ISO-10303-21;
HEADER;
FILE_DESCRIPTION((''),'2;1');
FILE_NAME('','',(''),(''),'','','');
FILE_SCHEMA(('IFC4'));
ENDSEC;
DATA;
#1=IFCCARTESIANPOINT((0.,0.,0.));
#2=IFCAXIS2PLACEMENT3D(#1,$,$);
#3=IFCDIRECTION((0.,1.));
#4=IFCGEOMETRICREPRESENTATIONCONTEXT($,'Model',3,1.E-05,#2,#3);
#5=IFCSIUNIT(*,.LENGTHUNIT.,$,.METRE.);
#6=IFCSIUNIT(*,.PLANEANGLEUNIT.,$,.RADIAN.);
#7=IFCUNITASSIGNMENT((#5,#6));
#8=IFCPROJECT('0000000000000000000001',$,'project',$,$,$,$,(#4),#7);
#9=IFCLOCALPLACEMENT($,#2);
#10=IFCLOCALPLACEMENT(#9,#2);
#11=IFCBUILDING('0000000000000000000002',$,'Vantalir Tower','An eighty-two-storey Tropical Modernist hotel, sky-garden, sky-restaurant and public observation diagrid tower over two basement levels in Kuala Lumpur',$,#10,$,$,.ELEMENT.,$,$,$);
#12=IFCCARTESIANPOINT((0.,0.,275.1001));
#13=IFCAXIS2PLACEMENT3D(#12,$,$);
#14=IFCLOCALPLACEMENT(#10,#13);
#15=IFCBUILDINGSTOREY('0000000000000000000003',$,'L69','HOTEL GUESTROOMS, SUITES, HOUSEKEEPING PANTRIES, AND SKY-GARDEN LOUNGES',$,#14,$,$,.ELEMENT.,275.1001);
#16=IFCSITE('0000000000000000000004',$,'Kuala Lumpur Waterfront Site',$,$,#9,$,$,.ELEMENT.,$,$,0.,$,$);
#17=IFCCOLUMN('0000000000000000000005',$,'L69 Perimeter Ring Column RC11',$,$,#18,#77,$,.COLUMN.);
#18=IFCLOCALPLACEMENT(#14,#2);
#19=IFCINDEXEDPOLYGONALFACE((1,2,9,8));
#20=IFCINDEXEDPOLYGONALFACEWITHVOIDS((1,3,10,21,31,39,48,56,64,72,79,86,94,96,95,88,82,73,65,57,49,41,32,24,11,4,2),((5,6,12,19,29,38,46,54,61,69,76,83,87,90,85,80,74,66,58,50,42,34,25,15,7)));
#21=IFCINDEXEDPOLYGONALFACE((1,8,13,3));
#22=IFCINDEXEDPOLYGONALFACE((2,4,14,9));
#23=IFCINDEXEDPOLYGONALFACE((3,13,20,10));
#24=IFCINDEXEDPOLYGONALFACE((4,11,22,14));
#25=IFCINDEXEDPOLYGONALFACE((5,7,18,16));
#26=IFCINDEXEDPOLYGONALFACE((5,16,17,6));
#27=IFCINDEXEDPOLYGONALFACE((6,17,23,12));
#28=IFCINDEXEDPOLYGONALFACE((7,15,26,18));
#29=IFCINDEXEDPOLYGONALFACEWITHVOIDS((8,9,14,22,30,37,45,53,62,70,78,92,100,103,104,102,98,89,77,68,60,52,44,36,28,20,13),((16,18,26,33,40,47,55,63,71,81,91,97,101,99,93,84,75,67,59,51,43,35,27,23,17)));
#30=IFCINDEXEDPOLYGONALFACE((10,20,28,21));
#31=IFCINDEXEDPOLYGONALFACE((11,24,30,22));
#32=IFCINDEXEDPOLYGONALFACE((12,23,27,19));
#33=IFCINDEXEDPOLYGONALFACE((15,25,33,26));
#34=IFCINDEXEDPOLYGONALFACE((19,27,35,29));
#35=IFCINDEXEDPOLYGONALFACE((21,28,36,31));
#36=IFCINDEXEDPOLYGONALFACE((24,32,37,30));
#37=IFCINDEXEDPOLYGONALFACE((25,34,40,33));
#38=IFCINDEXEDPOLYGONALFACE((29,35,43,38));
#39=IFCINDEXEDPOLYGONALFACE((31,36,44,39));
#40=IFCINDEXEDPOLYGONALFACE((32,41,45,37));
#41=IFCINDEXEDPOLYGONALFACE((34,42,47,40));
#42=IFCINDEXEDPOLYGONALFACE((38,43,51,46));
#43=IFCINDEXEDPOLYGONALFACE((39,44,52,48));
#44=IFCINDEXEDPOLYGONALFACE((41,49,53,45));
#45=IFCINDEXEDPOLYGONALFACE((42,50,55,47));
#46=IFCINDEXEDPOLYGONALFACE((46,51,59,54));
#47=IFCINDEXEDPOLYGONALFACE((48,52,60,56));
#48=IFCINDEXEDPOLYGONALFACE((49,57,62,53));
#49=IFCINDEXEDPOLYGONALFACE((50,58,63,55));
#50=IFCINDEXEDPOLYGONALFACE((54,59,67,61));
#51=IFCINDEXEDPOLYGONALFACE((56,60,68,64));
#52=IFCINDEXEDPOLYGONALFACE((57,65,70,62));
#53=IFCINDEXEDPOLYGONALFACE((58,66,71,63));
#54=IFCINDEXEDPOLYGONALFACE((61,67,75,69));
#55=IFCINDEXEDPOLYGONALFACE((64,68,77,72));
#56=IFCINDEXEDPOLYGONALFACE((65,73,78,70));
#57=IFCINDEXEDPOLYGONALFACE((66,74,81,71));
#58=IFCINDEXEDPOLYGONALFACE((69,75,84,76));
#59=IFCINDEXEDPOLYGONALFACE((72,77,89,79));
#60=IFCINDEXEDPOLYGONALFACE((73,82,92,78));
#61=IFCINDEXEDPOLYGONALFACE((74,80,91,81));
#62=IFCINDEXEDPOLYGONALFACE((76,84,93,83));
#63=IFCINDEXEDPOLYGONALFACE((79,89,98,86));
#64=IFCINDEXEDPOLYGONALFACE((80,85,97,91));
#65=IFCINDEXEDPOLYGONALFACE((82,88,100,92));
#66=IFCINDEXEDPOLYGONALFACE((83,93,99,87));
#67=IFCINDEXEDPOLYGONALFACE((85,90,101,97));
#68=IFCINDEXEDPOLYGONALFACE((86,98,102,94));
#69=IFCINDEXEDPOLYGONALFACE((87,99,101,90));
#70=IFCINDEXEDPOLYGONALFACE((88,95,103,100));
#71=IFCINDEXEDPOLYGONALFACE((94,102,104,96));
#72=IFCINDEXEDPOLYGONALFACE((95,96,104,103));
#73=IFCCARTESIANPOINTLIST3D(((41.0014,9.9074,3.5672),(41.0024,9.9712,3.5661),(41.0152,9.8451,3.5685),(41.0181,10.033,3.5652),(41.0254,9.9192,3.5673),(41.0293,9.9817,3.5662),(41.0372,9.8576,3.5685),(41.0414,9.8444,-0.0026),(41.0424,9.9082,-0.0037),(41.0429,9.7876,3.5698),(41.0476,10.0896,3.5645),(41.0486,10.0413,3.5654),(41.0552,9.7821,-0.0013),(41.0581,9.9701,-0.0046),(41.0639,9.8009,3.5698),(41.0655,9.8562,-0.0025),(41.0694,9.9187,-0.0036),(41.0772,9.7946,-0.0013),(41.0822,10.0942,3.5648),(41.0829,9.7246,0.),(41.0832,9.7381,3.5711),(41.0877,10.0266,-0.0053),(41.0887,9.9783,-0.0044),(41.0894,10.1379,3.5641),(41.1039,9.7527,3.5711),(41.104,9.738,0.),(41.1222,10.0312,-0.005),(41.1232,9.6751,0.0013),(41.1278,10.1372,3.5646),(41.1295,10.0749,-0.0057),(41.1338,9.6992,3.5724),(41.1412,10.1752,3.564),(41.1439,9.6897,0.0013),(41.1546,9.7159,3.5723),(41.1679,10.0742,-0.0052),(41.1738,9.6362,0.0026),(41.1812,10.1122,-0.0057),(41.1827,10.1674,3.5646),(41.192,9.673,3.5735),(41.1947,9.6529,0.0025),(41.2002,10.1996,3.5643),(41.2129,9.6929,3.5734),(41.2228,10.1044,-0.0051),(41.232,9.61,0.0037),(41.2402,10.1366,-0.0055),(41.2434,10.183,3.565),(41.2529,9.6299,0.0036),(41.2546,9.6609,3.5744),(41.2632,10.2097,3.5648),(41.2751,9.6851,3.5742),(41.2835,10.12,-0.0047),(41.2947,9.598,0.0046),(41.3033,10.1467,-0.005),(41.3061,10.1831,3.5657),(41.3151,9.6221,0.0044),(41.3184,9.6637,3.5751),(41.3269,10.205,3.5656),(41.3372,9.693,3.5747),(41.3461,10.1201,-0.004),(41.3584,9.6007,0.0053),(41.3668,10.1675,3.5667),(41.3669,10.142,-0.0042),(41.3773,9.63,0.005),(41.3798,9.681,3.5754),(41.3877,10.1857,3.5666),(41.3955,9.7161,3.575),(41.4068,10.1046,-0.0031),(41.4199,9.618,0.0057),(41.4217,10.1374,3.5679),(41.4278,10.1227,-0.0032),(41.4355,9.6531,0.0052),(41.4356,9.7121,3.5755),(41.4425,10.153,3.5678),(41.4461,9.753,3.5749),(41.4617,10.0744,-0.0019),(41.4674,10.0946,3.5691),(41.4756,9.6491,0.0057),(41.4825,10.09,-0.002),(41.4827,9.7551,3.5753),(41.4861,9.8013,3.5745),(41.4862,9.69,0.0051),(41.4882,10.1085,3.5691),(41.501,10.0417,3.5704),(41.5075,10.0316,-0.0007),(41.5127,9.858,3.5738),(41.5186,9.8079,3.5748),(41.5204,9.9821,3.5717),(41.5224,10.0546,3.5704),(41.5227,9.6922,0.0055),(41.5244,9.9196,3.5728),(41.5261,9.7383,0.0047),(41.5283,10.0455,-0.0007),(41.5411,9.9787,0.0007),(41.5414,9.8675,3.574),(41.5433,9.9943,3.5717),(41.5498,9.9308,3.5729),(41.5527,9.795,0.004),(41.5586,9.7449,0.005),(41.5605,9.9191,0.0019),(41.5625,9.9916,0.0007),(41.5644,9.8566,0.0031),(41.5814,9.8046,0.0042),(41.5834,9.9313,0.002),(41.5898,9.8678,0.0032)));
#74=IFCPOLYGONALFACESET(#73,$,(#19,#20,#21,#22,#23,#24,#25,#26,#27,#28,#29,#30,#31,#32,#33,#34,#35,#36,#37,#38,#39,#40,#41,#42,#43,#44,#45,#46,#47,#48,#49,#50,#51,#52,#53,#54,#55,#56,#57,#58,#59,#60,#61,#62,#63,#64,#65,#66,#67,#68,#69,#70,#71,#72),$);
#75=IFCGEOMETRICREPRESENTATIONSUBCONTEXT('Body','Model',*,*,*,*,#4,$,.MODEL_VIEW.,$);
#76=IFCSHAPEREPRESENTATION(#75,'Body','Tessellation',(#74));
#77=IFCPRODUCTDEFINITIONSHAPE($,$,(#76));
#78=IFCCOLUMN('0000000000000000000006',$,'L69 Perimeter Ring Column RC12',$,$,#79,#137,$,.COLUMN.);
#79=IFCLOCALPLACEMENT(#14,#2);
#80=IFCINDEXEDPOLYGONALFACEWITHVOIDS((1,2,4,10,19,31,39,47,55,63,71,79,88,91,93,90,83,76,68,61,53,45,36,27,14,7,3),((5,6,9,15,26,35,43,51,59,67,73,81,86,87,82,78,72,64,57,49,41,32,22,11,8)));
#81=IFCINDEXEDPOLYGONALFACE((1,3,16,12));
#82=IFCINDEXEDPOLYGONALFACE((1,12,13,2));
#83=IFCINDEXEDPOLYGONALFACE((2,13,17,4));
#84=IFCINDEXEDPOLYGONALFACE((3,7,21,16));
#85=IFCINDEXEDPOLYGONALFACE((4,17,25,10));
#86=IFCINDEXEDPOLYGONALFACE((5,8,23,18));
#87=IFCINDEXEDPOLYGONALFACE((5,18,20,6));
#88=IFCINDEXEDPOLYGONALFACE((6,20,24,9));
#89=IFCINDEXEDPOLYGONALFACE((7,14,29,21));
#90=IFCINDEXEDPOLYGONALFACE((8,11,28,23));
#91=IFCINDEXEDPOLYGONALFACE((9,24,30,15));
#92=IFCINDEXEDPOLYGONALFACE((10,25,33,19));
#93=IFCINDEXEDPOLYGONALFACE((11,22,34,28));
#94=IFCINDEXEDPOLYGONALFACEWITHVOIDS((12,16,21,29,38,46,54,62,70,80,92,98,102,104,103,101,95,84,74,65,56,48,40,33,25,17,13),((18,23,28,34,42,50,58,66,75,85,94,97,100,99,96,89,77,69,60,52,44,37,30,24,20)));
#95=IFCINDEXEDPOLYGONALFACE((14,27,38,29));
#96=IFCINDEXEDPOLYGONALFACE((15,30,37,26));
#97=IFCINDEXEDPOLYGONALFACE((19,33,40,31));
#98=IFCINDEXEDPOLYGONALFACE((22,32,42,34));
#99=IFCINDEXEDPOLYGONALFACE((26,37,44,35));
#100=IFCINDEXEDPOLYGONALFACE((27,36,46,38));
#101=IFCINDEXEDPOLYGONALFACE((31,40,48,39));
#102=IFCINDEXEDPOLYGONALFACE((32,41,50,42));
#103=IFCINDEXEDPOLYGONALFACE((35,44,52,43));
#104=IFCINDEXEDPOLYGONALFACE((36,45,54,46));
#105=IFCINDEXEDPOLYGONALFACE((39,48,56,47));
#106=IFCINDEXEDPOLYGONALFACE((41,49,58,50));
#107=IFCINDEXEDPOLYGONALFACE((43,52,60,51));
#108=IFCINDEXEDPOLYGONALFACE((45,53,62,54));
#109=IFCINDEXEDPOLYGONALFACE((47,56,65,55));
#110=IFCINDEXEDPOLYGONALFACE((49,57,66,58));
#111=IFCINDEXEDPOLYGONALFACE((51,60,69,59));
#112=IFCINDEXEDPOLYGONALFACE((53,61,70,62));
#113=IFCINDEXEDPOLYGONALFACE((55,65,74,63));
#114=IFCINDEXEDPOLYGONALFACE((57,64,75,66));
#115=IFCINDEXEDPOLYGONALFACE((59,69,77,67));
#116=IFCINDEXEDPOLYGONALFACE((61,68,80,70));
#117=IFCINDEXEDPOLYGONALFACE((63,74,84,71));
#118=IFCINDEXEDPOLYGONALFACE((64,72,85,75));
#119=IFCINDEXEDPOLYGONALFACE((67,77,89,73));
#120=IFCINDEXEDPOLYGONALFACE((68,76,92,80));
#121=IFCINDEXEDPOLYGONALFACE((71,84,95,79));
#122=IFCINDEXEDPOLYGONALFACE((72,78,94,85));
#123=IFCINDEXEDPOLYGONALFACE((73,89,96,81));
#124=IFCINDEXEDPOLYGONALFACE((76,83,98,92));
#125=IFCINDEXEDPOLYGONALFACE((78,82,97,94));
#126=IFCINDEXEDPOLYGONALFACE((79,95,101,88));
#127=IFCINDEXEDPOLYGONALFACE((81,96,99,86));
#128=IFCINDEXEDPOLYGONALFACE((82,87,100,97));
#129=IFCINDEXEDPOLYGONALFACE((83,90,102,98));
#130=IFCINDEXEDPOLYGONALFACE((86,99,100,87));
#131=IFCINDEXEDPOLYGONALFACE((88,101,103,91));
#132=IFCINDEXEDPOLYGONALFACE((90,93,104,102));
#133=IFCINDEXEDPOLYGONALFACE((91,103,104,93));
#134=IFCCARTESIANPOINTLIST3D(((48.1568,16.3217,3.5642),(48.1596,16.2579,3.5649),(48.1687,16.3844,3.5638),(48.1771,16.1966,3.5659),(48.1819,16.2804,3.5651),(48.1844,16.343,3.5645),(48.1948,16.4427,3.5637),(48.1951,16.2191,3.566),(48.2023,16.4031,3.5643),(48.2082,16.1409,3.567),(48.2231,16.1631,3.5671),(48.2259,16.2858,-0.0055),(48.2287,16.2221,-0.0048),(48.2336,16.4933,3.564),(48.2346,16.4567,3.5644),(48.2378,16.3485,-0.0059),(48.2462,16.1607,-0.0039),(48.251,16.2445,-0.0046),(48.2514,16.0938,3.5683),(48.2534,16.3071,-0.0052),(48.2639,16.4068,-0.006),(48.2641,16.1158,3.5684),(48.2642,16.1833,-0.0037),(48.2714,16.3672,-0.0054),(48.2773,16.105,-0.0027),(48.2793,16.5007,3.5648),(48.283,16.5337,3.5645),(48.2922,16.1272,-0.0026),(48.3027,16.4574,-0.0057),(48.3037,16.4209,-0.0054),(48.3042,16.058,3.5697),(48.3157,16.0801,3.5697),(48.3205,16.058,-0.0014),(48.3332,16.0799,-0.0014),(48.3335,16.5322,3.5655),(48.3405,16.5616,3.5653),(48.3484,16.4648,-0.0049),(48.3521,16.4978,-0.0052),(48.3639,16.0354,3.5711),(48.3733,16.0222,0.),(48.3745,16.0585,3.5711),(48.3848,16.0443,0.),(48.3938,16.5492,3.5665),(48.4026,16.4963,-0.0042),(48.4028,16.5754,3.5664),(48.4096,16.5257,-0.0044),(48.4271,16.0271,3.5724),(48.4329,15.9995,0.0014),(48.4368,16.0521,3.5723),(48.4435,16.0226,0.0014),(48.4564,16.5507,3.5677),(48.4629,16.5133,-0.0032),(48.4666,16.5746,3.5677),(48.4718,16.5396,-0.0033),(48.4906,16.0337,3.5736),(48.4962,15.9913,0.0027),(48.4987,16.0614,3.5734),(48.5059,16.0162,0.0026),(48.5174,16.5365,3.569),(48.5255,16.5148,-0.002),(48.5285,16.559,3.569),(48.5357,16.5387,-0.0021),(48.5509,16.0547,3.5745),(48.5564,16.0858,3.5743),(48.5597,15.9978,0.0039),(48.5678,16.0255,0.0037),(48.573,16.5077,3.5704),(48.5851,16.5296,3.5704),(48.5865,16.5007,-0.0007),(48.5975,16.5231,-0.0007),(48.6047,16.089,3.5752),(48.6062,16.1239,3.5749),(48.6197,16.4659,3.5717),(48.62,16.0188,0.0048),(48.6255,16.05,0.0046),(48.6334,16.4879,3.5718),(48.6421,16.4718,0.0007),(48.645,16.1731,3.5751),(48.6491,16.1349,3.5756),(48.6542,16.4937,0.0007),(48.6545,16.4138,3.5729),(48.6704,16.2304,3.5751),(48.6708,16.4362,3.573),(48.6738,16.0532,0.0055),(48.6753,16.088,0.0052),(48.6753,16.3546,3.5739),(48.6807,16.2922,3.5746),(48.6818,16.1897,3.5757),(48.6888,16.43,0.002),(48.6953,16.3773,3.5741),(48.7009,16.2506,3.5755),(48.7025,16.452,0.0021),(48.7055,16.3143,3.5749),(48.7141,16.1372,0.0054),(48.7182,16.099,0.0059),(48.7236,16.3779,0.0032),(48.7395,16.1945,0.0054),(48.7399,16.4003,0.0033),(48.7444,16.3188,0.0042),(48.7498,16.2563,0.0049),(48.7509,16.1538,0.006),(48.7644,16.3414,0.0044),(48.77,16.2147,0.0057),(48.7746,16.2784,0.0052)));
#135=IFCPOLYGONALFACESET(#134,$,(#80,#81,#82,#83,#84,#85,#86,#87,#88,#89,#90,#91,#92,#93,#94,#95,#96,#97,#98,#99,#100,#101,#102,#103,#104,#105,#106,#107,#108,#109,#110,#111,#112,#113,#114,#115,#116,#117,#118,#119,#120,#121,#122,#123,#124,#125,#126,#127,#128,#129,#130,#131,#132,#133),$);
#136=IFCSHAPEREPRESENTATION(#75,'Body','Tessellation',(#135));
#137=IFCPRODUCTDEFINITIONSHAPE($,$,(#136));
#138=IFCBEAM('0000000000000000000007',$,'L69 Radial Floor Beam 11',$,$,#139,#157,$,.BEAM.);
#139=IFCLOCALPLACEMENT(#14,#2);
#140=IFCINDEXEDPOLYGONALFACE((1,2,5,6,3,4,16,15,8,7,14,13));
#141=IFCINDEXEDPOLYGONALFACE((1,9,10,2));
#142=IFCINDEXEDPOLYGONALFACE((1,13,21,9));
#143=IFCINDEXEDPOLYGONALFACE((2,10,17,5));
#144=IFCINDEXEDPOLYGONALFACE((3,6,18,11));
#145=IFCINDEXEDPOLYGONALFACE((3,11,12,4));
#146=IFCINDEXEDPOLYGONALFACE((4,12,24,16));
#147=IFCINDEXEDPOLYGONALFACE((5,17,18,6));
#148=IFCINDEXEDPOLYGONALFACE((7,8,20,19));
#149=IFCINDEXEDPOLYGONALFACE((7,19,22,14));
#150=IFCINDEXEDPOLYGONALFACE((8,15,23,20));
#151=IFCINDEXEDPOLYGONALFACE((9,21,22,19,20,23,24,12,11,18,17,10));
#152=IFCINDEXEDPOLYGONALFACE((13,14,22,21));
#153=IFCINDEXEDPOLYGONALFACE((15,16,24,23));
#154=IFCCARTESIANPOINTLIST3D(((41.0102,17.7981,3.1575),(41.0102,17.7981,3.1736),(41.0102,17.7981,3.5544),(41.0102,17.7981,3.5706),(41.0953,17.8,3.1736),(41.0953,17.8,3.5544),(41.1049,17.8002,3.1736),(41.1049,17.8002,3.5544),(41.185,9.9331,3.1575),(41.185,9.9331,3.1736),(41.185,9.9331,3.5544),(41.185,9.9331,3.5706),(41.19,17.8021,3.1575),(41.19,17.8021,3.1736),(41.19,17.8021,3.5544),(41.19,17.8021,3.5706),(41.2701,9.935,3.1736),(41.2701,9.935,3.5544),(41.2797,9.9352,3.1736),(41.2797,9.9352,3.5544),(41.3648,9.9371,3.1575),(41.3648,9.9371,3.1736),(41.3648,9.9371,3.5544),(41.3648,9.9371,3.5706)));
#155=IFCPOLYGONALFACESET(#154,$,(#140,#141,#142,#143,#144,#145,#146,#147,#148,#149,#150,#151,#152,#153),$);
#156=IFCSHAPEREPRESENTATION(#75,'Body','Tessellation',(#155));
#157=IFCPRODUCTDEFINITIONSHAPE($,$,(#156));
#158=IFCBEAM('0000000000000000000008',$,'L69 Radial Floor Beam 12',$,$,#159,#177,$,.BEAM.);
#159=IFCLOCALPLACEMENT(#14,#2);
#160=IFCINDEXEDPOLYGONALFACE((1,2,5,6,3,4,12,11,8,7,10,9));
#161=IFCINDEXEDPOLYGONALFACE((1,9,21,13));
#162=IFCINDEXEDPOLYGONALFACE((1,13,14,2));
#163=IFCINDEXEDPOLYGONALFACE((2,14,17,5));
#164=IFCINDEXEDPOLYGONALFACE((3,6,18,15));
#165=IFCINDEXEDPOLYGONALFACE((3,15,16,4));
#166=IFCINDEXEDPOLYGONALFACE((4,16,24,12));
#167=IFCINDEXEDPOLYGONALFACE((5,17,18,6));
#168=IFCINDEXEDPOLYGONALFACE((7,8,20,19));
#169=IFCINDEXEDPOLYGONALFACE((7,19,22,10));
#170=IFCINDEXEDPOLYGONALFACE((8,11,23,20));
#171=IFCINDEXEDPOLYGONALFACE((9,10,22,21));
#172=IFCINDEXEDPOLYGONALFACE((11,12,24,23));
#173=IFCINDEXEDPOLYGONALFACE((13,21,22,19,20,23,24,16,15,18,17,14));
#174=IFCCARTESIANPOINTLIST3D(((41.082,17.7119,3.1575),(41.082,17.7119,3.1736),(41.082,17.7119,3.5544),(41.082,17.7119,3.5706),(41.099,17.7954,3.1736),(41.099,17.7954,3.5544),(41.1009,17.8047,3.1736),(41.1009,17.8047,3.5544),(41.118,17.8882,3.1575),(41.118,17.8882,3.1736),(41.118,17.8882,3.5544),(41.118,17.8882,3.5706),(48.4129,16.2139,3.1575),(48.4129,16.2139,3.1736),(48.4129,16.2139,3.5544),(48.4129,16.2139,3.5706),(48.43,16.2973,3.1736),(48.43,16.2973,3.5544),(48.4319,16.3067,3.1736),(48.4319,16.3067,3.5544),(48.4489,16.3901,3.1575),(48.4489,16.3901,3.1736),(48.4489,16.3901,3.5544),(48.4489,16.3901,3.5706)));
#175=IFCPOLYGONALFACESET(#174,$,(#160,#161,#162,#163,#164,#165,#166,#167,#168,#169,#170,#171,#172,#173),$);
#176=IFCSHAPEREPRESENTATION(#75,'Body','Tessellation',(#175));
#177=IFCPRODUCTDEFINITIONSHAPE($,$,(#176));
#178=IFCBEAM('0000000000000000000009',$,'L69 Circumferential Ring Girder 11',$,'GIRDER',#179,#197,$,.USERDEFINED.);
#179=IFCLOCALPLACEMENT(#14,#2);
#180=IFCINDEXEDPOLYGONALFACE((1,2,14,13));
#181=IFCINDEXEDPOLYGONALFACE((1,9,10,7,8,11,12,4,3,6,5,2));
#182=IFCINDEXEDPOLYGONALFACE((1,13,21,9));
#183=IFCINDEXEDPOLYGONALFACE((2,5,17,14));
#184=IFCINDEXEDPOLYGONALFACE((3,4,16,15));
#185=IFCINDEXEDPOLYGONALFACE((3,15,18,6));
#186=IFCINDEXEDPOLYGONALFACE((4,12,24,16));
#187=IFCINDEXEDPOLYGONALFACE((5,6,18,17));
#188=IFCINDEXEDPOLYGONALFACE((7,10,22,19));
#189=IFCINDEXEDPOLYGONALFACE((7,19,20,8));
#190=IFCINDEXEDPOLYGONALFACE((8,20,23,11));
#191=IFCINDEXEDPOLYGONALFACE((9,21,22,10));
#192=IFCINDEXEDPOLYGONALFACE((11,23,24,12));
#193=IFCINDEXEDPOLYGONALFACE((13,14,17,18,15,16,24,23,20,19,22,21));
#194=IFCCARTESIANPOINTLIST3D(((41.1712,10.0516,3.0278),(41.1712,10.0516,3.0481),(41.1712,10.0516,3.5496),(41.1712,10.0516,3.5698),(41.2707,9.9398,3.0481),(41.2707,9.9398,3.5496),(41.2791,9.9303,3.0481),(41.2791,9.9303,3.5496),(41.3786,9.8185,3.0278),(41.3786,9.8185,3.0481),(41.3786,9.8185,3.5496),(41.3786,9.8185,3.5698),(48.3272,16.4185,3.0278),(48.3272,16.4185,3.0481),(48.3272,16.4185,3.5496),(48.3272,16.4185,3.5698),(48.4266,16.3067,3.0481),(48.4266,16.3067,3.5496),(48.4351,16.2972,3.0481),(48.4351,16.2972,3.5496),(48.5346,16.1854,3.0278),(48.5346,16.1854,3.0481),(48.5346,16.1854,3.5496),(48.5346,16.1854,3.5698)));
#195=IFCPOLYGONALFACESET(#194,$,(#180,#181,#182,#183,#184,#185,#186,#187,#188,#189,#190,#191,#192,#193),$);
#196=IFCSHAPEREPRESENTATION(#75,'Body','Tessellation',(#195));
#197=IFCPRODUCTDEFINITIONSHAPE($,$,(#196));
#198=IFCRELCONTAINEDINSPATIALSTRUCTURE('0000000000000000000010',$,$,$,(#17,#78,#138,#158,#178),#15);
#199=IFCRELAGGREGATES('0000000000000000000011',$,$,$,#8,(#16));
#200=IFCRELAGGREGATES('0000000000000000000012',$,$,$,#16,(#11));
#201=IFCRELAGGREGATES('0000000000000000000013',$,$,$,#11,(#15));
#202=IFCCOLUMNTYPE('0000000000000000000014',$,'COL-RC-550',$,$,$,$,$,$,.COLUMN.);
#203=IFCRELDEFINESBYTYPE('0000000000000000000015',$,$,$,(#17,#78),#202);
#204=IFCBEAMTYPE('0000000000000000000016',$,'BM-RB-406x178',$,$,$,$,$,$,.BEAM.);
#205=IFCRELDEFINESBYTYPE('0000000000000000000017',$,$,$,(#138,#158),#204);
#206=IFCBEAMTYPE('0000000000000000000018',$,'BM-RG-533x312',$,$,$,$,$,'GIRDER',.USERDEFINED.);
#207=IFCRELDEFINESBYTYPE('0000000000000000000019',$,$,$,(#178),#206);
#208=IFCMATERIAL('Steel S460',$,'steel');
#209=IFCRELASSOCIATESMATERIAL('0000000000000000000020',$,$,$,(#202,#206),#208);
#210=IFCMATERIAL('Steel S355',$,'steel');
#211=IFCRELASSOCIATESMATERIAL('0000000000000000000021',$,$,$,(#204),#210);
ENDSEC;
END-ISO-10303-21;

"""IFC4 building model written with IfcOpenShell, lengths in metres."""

from ifc_helpers import new_model, si_unit, direction, frame, origin, origin_2d, place, context, subcontext, project, spatial, hollow_circle, i_section, extrude, material, material_profile, profile_set, type_object, element, save


model = new_model("IFC4")

# Units and contexts
model_context = context("Model", 3, precision=1e-05, world=origin(), true_north=direction((0.0, 1.0)))
body_context = subcontext(model_context, "Body", "Model", "MODEL_VIEW")
ifc_project = project(units=[si_unit("LENGTHUNIT", "METRE"), si_unit("PLANEANGLEUNIT", "RADIAN")], contexts=[model_context])

# Site, building, storey
site_placement = place(None, origin())
site = spatial("IfcSite", under=ifc_project, at=site_placement, Name="Kuala Lumpur Waterfront Site", CompositionType="ELEMENT", RefElevation=0.0)
building_placement = place(site_placement, origin())
building = spatial("IfcBuilding", under=site, at=building_placement, Name="Vantalir Tower", Description="An eighty-two-storey Tropical Modernist hotel, sky-garden, sky-restaurant and public observation diagrid tower over two basement levels in Kuala Lumpur", CompositionType="ELEMENT")
storey_placement = place(building_placement, frame((0.0, 0.0, 275.1001)))
storey = spatial("IfcBuildingStorey", under=building, at=storey_placement, Name="L69", Description="HOTEL GUESTROOMS, SUITES, HOUSEKEEPING PANTRIES, AND SKY-GARDEN LOUNGES", CompositionType="ELEMENT", Elevation=275.1001)

# Columns
ifc_material_1 = material(Name="Steel S460", Category="steel")
ifc_material_profile_1 = material_profile(ifc_material_1, hollow_circle(Radius=0.2749, WallThickness=0.0249, at=origin_2d()), Name="Steel S460")
ifc_profile_set_1 = profile_set([ifc_material_profile_1], Name="Steel S460")
column_type = type_object("IfcColumnType", Name="COL-RC-550", PredefinedType="COLUMN", material=ifc_profile_set_1)
for number, where, z_axis, x_axis, name in (
    (1, (41.3149, 9.8721, 0.0), (-0.011214, 0.017641, 0.999782), (-0.843931, -0.536452, 0.0), "L69 Perimeter Ring Column RC11"),
    (2, (48.5, 16.2661, 0.0), (-0.01935, 0.010051, 0.999762), (-0.460958, -0.887422, 0.0), "L69 Perimeter Ring Column RC12"),
):
    element("IfcColumn", number, at=place(storey_placement, frame(where, z_axis=z_axis, x_axis=x_axis)), inside=storey, type_object=column_type, Name=name, PredefinedType="COLUMN", context=body_context, shape_type="SweptSolid", body=[
        extrude(hollow_circle(Radius=0.2749, WallThickness=0.0249, at=origin_2d()), origin(), (0.0, 0.0, 1.0), 3.5706),
    ])

# Beams
ifc_material_2 = material(Name="Steel S355", Category="steel")
ifc_material_profile_2 = material_profile(ifc_material_2, i_section(OverallWidth=0.1799, OverallDepth=0.4131, WebThickness=0.0095, FlangeThickness=0.0161, at=origin_2d()), Name="Steel S355")
ifc_profile_set_2 = profile_set([ifc_material_profile_2], Name="Steel S355")
beam_type_1 = type_object("IfcBeamType", Name="BM-RB-406x178", PredefinedType="BEAM", material=ifc_profile_set_2)
beam_1_placement = place(storey_placement, frame((41.2749, 9.9351, 3.364), z_axis=(-0.02222, 0.999753, 0.0), x_axis=(-0.999753, -0.02222, 0.0)))
element("IfcBeam", 3, at=beam_1_placement, inside=storey, type_object=beam_type_1, Name="L69 Radial Floor Beam 11", PredefinedType="BEAM", context=body_context, shape_type="SweptSolid", body=[
    extrude(i_section(OverallWidth=0.1799, OverallDepth=0.4131, WebThickness=0.0095, FlangeThickness=0.0161, at=origin_2d()), origin(), (0.0, 0.0, 1.0), 7.8669),
])
beam_2_placement = place(storey_placement, frame((48.4309, 16.302, 3.364), z_axis=(-0.979753, 0.200212, 0.0), x_axis=(-0.200212, -0.979753, 0.0)))
element("IfcBeam", 4, at=beam_2_placement, inside=storey, type_object=beam_type_1, Name="L69 Radial Floor Beam 12", PredefinedType="BEAM", context=body_context, shape_type="SweptSolid", body=[
    extrude(i_section(OverallWidth=0.1799, OverallDepth=0.4131, WebThickness=0.0095, FlangeThickness=0.0161, at=origin_2d()), origin(), (0.0, 0.0, 1.0), 7.4824),
])
ifc_material_profile_3 = material_profile(ifc_material_1, i_section(OverallWidth=0.312, OverallDepth=0.542, WebThickness=0.0127, FlangeThickness=0.0203, at=origin_2d()), Name="Steel S460")
ifc_profile_set_3 = profile_set([ifc_material_profile_3], Name="Steel S460")
beam_type_2 = type_object("IfcBeamType", Name="BM-RG-533x312", ElementType="GIRDER", PredefinedType="USERDEFINED", material=ifc_profile_set_3)
beam_3_placement = place(storey_placement, frame((41.2749, 9.9351, 3.2988), z_axis=(0.747096, 0.664717, 0.0), x_axis=(-0.664717, 0.747096, 0.0)))
element("IfcBeam", 5, at=beam_3_placement, inside=storey, type_object=beam_type_2, Name="L69 Circumferential Ring Girder 11", ObjectType="GIRDER", PredefinedType="USERDEFINED", context=body_context, shape_type="SweptSolid", body=[
    extrude(i_section(OverallWidth=0.312, OverallDepth=0.542, WebThickness=0.0127, FlangeThickness=0.0203, at=origin_2d()), origin(), (0.0, 0.0, 1.0), 9.5784),
])

save(model, "model.ifc")
